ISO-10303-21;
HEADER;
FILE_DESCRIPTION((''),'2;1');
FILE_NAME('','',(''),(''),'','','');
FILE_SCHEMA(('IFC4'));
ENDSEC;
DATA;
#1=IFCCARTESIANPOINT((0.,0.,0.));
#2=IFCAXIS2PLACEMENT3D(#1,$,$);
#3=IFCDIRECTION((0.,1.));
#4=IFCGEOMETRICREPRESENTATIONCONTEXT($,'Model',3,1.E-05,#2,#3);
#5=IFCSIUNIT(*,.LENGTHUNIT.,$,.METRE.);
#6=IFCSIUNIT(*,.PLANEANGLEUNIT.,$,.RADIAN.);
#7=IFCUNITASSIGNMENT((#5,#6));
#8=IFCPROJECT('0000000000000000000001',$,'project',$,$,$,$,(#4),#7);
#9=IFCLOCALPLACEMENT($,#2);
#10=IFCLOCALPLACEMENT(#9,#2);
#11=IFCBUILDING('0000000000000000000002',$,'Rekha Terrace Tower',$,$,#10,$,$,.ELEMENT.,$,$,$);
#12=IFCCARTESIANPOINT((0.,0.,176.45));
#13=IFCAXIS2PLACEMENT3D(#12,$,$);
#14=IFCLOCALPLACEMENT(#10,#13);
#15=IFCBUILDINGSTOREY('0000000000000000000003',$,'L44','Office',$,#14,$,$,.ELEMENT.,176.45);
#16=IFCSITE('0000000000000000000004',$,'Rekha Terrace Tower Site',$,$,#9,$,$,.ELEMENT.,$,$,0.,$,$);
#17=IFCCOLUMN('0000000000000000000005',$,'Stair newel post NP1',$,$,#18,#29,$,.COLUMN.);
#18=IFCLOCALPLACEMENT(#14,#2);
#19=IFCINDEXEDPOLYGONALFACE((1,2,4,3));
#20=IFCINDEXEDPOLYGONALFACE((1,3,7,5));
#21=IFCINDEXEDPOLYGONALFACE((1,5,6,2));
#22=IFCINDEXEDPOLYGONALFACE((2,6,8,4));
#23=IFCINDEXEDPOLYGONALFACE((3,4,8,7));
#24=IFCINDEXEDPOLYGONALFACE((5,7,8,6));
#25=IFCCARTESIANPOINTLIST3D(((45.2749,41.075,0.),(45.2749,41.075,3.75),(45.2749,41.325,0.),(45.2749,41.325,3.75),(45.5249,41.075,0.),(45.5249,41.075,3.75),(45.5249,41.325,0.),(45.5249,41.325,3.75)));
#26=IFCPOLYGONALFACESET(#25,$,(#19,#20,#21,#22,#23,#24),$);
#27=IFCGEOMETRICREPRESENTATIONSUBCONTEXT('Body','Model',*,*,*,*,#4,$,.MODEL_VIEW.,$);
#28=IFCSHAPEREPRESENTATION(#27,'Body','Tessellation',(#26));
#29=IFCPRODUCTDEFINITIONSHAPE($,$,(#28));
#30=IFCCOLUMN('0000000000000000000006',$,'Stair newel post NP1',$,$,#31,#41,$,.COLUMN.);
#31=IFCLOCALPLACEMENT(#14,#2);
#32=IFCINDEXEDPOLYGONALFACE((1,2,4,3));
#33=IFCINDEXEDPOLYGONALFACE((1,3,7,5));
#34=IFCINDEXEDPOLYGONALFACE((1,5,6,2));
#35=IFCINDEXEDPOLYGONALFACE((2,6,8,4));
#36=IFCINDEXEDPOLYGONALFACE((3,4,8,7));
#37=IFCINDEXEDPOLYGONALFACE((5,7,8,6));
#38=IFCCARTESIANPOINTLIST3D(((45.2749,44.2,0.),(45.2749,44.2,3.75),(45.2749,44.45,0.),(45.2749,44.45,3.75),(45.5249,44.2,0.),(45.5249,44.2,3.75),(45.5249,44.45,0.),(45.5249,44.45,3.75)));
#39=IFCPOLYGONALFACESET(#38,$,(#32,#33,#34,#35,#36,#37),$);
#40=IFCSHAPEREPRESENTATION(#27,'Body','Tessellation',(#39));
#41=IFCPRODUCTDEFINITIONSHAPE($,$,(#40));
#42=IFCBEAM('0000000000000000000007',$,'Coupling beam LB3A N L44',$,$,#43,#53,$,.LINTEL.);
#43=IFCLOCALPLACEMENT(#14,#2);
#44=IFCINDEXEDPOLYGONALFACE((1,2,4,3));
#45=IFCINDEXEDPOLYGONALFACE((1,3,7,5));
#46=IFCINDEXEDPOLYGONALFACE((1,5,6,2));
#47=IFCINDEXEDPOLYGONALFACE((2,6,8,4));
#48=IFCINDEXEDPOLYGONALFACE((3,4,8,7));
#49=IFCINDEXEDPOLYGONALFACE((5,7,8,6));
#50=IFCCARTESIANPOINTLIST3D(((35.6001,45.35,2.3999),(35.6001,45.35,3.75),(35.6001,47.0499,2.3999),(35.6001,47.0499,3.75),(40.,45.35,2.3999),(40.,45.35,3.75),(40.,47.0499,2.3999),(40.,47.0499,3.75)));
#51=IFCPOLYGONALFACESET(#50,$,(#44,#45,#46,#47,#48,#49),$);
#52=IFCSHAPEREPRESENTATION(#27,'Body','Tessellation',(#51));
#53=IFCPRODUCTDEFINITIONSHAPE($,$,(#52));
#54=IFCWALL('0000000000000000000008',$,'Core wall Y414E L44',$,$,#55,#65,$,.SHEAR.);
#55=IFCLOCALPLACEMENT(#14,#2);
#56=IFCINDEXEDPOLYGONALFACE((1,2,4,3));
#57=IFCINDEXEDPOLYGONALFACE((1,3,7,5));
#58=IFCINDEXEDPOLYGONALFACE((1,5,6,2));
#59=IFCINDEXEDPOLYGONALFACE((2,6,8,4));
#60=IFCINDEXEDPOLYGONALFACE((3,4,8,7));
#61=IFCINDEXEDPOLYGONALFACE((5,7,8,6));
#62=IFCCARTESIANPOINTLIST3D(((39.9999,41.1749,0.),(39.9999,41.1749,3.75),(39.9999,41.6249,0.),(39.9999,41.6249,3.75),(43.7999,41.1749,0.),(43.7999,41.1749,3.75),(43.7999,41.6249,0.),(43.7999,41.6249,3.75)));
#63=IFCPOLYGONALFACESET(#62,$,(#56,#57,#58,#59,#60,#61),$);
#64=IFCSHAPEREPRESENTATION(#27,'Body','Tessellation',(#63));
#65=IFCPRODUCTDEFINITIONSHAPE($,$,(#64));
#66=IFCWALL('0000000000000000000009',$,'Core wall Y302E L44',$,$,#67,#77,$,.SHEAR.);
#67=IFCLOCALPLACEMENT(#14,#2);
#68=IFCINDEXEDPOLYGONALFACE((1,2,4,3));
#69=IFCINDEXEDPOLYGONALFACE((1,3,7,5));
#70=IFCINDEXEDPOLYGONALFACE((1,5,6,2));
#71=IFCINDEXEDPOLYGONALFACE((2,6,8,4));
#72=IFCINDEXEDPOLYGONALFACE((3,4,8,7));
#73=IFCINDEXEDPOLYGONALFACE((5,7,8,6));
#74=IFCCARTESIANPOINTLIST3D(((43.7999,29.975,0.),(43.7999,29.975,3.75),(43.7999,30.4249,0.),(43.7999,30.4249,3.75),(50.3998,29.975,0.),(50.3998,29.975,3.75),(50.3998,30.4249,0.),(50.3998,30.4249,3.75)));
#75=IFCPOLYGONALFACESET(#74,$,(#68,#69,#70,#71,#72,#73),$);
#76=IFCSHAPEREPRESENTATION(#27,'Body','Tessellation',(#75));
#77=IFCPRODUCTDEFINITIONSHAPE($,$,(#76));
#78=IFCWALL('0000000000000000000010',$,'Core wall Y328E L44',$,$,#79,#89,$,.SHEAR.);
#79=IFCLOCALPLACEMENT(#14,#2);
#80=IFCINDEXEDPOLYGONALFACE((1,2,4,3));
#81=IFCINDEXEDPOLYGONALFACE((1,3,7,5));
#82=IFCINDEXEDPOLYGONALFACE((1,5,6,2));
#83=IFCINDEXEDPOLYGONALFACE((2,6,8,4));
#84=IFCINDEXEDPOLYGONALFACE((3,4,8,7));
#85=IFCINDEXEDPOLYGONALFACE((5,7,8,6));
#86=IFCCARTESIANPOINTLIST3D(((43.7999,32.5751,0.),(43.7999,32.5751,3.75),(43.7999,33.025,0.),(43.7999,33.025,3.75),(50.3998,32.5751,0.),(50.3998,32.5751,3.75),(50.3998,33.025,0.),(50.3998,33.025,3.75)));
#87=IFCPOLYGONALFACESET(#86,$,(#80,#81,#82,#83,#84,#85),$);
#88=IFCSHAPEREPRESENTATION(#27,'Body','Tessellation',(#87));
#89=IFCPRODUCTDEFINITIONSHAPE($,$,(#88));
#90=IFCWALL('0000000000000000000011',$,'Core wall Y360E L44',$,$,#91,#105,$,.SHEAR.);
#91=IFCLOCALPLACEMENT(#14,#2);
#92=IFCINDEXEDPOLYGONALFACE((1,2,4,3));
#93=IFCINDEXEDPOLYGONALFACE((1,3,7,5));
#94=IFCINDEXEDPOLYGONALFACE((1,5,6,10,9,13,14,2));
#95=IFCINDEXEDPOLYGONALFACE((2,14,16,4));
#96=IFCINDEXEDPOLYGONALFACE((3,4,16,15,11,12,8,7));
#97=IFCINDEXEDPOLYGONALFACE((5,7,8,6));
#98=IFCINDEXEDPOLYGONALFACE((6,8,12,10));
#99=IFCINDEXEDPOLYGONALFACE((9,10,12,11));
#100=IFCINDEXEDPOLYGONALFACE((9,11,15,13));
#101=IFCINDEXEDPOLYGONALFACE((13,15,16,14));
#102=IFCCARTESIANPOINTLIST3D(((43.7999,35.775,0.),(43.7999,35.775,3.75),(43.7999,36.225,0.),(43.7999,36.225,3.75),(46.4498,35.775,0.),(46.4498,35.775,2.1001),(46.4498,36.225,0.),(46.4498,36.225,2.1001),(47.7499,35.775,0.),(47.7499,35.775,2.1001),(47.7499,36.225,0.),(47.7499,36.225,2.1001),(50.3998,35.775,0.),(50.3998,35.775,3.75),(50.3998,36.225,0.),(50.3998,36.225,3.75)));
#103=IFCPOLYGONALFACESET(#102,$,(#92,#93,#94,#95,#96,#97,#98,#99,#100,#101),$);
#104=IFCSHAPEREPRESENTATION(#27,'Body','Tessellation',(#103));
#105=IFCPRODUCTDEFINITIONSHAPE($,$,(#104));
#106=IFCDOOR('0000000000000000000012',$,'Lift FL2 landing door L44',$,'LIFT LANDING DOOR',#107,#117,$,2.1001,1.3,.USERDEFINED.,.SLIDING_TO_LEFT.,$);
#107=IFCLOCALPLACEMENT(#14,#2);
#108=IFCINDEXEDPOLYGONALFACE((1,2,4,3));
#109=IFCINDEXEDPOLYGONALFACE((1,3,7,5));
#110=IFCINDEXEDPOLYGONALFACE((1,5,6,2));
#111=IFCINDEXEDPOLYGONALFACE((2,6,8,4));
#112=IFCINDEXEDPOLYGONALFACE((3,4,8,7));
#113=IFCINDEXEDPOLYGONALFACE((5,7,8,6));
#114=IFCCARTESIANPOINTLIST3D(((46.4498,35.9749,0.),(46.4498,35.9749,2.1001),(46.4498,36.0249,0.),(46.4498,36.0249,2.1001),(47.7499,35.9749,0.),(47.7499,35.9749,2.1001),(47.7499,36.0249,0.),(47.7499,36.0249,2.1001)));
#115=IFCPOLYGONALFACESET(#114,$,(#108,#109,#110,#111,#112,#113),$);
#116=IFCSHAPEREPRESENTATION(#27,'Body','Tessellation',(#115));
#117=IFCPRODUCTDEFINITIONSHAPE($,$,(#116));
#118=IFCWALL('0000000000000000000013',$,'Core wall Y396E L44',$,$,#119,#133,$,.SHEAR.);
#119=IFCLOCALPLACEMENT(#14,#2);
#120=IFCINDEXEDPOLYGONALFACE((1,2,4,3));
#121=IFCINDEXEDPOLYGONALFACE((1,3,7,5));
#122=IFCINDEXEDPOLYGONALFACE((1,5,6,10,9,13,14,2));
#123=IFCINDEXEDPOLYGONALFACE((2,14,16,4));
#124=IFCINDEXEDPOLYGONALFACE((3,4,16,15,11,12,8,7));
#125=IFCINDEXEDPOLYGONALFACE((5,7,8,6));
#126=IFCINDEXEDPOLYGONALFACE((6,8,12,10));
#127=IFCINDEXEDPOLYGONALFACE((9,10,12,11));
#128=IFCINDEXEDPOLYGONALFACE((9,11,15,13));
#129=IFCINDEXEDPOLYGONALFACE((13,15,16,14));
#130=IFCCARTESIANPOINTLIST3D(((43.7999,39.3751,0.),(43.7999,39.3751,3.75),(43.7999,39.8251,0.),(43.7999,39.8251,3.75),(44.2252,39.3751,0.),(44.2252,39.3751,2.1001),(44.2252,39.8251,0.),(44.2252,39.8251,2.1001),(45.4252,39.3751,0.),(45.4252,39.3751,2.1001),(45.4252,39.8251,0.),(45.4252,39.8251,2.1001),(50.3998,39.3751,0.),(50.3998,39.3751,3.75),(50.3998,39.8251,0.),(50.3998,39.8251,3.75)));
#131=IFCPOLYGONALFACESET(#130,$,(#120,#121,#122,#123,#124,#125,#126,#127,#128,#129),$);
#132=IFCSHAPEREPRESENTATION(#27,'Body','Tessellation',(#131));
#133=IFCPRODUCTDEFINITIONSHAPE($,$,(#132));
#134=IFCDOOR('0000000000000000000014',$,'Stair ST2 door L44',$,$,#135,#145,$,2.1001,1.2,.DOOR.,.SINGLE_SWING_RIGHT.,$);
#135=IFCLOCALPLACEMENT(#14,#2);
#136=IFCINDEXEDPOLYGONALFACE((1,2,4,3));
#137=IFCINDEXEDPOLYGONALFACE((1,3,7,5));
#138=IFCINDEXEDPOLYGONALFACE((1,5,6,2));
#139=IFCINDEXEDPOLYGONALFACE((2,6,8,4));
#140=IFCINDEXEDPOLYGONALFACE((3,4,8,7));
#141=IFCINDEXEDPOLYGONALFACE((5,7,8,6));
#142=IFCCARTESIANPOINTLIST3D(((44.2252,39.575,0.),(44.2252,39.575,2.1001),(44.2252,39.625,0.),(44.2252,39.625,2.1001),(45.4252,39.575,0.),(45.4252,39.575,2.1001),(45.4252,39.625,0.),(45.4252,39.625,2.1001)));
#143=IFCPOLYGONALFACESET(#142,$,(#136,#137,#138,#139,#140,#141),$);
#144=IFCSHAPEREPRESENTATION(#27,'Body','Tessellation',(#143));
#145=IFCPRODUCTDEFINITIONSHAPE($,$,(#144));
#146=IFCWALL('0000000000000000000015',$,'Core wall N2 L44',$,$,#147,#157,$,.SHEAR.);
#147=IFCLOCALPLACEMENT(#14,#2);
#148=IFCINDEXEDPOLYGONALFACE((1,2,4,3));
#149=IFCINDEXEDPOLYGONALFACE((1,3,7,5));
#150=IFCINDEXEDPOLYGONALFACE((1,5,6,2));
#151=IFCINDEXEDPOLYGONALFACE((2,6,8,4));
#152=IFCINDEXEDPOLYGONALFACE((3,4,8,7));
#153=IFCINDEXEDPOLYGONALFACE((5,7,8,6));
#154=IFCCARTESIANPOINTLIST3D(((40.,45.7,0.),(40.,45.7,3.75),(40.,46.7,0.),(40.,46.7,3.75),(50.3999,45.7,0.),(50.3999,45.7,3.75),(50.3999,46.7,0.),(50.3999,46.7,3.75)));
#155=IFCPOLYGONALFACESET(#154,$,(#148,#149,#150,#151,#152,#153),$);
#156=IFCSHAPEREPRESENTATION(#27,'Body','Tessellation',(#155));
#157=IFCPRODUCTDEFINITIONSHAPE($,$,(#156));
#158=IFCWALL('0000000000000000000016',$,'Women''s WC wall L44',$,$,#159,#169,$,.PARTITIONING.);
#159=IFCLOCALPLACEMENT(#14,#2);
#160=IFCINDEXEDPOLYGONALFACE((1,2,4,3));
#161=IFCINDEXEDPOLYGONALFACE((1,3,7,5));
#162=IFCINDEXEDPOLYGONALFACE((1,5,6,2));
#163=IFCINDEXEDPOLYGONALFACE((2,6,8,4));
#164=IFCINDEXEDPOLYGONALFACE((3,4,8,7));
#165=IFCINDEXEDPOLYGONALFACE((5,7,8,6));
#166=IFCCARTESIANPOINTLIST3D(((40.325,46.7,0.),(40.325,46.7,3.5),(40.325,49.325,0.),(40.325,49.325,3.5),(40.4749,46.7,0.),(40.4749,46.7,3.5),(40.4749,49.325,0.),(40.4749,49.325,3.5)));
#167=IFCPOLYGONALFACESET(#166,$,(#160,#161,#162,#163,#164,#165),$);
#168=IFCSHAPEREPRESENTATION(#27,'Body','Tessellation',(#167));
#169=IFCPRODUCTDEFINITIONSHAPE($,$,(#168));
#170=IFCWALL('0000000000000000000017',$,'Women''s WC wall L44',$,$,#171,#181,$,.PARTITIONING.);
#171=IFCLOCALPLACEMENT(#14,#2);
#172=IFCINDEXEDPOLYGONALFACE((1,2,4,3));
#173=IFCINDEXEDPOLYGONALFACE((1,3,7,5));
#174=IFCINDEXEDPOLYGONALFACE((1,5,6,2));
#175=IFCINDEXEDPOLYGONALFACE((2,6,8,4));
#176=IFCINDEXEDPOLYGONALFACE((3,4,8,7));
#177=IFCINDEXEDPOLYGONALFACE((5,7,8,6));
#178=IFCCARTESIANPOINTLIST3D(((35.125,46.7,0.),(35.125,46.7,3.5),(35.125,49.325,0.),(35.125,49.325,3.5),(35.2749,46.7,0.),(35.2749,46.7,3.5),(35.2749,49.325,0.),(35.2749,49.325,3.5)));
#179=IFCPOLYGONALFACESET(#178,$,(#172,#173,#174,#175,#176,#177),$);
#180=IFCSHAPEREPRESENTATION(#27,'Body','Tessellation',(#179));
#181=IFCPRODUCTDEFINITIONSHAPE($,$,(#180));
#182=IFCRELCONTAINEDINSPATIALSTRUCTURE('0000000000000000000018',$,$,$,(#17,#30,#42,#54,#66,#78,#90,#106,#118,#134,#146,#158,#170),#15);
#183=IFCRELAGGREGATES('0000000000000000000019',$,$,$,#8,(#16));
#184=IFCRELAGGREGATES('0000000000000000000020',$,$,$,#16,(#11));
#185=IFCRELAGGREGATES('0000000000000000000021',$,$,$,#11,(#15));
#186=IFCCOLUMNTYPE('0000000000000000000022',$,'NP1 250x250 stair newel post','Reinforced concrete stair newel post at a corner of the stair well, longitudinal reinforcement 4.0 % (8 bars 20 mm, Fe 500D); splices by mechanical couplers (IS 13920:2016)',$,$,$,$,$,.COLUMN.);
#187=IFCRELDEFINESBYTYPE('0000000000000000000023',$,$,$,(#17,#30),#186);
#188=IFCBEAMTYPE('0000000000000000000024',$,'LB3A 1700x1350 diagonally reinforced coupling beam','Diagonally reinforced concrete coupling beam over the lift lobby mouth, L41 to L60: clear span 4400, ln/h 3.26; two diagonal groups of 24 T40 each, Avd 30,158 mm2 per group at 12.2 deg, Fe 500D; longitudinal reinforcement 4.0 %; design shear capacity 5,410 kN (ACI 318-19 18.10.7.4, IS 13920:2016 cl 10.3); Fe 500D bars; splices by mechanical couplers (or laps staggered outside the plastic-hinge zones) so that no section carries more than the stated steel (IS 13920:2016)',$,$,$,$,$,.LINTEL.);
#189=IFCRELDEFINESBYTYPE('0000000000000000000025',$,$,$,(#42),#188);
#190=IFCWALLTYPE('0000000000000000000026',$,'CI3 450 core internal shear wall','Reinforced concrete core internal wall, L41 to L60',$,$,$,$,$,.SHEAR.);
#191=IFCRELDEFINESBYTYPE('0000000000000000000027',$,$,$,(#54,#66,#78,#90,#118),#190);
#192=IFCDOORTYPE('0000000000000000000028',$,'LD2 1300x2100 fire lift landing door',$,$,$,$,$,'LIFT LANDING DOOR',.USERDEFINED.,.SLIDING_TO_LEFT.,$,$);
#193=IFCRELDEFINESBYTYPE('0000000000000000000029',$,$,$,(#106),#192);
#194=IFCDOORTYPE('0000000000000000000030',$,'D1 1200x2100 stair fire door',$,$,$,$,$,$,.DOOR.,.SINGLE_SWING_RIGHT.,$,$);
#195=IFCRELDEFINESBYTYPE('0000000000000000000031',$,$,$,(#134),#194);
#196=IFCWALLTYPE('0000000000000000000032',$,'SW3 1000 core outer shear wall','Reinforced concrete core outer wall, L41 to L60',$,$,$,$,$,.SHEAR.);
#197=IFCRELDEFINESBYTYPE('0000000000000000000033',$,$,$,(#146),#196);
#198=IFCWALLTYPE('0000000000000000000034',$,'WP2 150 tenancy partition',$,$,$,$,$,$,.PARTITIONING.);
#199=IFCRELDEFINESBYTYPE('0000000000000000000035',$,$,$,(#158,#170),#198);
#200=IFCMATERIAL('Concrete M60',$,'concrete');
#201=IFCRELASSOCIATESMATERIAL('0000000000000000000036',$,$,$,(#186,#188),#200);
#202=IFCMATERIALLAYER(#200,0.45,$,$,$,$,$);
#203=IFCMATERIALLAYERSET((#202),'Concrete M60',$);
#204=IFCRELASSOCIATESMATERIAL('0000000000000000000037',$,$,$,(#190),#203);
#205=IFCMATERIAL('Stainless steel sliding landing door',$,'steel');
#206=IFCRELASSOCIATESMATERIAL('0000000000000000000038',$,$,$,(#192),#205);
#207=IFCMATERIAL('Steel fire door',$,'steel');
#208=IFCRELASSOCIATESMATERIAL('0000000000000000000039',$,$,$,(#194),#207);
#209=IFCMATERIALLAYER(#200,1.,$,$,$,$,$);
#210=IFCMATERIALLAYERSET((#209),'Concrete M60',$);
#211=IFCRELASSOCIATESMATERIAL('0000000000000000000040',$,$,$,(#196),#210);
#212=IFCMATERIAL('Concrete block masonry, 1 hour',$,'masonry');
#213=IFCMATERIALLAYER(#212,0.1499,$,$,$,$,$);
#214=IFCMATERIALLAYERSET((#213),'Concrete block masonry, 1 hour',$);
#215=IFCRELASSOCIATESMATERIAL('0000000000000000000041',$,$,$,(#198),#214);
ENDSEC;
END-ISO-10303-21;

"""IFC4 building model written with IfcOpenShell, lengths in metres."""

from ifc_helpers import new_model, si_unit, direction, frame, frame_2d, origin, origin_2d, place, context, subcontext, project, spatial, rectangle, extrude, material, layer, layer_set, material_profile, profile_set, type_object, element, fill, save


model = new_model("IFC4")

# Units and contexts
model_context = context("Model", 3, precision=1e-05, world=origin(), true_north=direction((0.0, 1.0)))
body_context = subcontext(model_context, "Body", "Model", "MODEL_VIEW")
ifc_project = project(units=[si_unit("LENGTHUNIT", "METRE"), si_unit("PLANEANGLEUNIT", "RADIAN")], contexts=[model_context])

# Site, building, storey
site_placement = place(None, origin())
site = spatial("IfcSite", under=ifc_project, at=site_placement, Name="Rekha Terrace Tower Site", CompositionType="ELEMENT", RefElevation=0.0)
building_placement = place(site_placement, origin())
building = spatial("IfcBuilding", under=site, at=building_placement, Name="Rekha Terrace Tower", CompositionType="ELEMENT")
storey_placement = place(building_placement, frame((0.0, 0.0, 176.45)))
storey = spatial("IfcBuildingStorey", under=building, at=storey_placement, Name="L44", Description="Office", CompositionType="ELEMENT", Elevation=176.45)

# Columns
ifc_material_1 = material(Name="Concrete M60", Category="concrete")
ifc_material_profile_1 = material_profile(ifc_material_1, rectangle(XDim=0.25, YDim=0.25, at=origin_2d()), Name="RC 250x250")
ifc_profile_set_1 = profile_set([ifc_material_profile_1], Name="Concrete M60")
column_type = type_object("IfcColumnType", Name="NP1 250x250 stair newel post", Description="Reinforced concrete stair newel post at a corner of the stair well, longitudinal reinforcement 4.0 % (8 bars 20 mm, Fe 500D); splices by mechanical couplers (IS 13920:2016)", PredefinedType="COLUMN", material=ifc_profile_set_1)
for number, where, z_axis, x_axis, name in (
    (1, (45.3999, 41.2, 0.0), (0.0, 0.0, 1.0), (1.0, 0.0, 0.0), "Stair newel post NP1"),
    (2, (45.3999, 44.325, 0.0), (0.0, 0.0, 1.0), (1.0, 0.0, 0.0), "Stair newel post NP1"),
):
    element("IfcColumn", number, at=place(storey_placement, frame(where, z_axis=z_axis, x_axis=x_axis)), inside=storey, type_object=column_type, Name=name, PredefinedType="COLUMN", context=body_context, shape_type="SweptSolid", body=[
        extrude(rectangle(XDim=0.25, YDim=0.25, at=origin_2d()), origin(), (0.0, 0.0, 1.0), 3.75),
    ])

# Beam
ifc_material_profile_2 = material_profile(ifc_material_1, rectangle(XDim=1.7, YDim=1.3501, at=origin_2d()), Name="RC 1700x1350")
ifc_profile_set_2 = profile_set([ifc_material_profile_2], Name="Concrete M60")
beam_type = type_object("IfcBeamType", Name="LB3A 1700x1350 diagonally reinforced coupling beam", Description="Diagonally reinforced concrete coupling beam over the lift lobby mouth, L41 to L60: clear span 4400, ln/h 3.26; two diagonal groups of 24 T40 each, Avd 30,158 mm2 per group at 12.2 deg, Fe 500D; longitudinal reinforcement 4.0 %; design shear capacity 5,410 kN (ACI 318-19 18.10.7.4, IS 13920:2016 cl 10.3); Fe 500D bars; splices by mechanical couplers (or laps staggered outside the plastic-hinge zones) so that no section carries more than the stated steel (IS 13920:2016)", PredefinedType="LINTEL", material=ifc_profile_set_2)
beam_placement = place(storey_placement, frame((35.6001, 46.2, 3.075), z_axis=(1.0, 0.0, 0.0), x_axis=(0.0, 1.0, 0.0)))
element("IfcBeam", 3, at=beam_placement, inside=storey, type_object=beam_type, Name="Coupling beam LB3A N L44", PredefinedType="LINTEL", context=body_context, shape_type="SweptSolid", body=[
    extrude(rectangle(XDim=1.7, YDim=1.3501, at=origin_2d()), origin(), (0.0, 0.0, 1.0), 4.3999),
])

# Walls
ifc_layer_1 = layer(ifc_material_1, 0.45)
ifc_layer_set_1 = layer_set([ifc_layer_1], Name="Concrete M60")
wall_type_1 = type_object("IfcWallType", Name="CI3 450 core internal shear wall", Description="Reinforced concrete core internal wall, L41 to L60", PredefinedType="SHEAR", material=ifc_layer_set_1)
wall_1_placement = place(storey_placement, frame((40.0, 41.3999, 0.0), z_axis=(0.0, 0.0, 1.0), x_axis=(1.0, 0.0, 0.0)))
element("IfcWall", 4, at=wall_1_placement, inside=storey, type_object=wall_type_1, Name="Core wall Y414E L44", PredefinedType="SHEAR", context=body_context, shape_type="SweptSolid", body=[
    extrude(rectangle(XDim=3.8, YDim=0.45, at=frame_2d((1.8999, 0.0))), origin(), (0.0, 0.0, 1.0), 3.75),
])
for number, where, z_axis, x_axis, name in (
    (5, (43.8, 30.2, 0.0), (0.0, 0.0, 1.0), (1.0, 0.0, 0.0), "Core wall Y302E L44"),
    (6, (43.8, 32.8, 0.0), (0.0, 0.0, 1.0), (1.0, 0.0, 0.0), "Core wall Y328E L44"),
):
    element("IfcWall", number, at=place(storey_placement, frame(where, z_axis=z_axis, x_axis=x_axis)), inside=storey, type_object=wall_type_1, Name=name, PredefinedType="SHEAR", context=body_context, shape_type="SweptSolid", body=[
        extrude(rectangle(XDim=6.5999, YDim=0.45, at=frame_2d((3.2998, 0.0))), origin(), (0.0, 0.0, 1.0), 3.75),
    ])

# Walls, openings, doors
wall_2_placement = place(storey_placement, frame((43.8, 36.0, 0.0), z_axis=(0.0, 0.0, 1.0), x_axis=(1.0, 0.0, 0.0)))
wall_2 = element("IfcWall", 7, at=wall_2_placement, inside=storey, type_object=wall_type_1, Name="Core wall Y360E L44", PredefinedType="SHEAR", context=body_context, shape_type="SweptSolid", body=[
    extrude(rectangle(XDim=6.5999, YDim=0.45, at=frame_2d((3.2998, 0.0))), origin(), (0.0, 0.0, 1.0), 3.75),
])
opening_1_placement = place(wall_2_placement, frame((2.6499, 0.0, 0.0)))
opening_1 = element("IfcOpeningElement", 8, at=opening_1_placement, cuts=wall_2, PredefinedType="OPENING", context=body_context, shape_type="SweptSolid", body=[
    extrude(rectangle(XDim=1.3, YDim=2.1001, at=frame_2d((0.6499, 1.05))), frame((0.0, 0.2349, 0.0), z_axis=(0.0, -1.0, 0.0), x_axis=(1.0, 0.0, 0.0)), (0.0, 0.0, 1.0), 0.47),
])
ifc_material_2 = material(Name="Stainless steel sliding landing door", Category="steel")
door_type_1 = type_object("IfcDoorType", Name="LD2 1300x2100 fire lift landing door", ElementType="LIFT LANDING DOOR", OperationType="SLIDING_TO_LEFT", PredefinedType="USERDEFINED", material=ifc_material_2)
door_1_placement = place(opening_1_placement, origin())
door_1 = element("IfcDoor", 9, at=door_1_placement, inside=storey, type_object=door_type_1, Name="Lift FL2 landing door L44", ObjectType="LIFT LANDING DOOR", OperationType="SLIDING_TO_LEFT", OverallHeight=2.1001, OverallWidth=1.3, PredefinedType="USERDEFINED", context=body_context, shape_type="SweptSolid", body=[
    extrude(rectangle(XDim=1.3, YDim=2.1001, at=frame_2d((0.6499, 1.05))), frame((0.0, 0.0249, 0.0), z_axis=(0.0, -1.0, 0.0), x_axis=(1.0, 0.0, 0.0)), (0.0, 0.0, 1.0), 0.05),
])
fill(opening_1, door_1)
wall_3_placement = place(storey_placement, frame((43.8, 39.6001, 0.0), z_axis=(0.0, 0.0, 1.0), x_axis=(1.0, 0.0, 0.0)))
wall_3 = element("IfcWall", 10, at=wall_3_placement, inside=storey, type_object=wall_type_1, Name="Core wall Y396E L44", PredefinedType="SHEAR", context=body_context, shape_type="SweptSolid", body=[
    extrude(rectangle(XDim=6.5999, YDim=0.45, at=frame_2d((3.2998, 0.0))), origin(), (0.0, 0.0, 1.0), 3.75),
])
opening_2_placement = place(wall_3_placement, frame((0.425, 0.0, 0.0)))
opening_2 = element("IfcOpeningElement", 11, at=opening_2_placement, cuts=wall_3, PredefinedType="OPENING", context=body_context, shape_type="SweptSolid", body=[
    extrude(rectangle(XDim=1.2, YDim=2.1001, at=frame_2d((0.6001, 1.05))), frame((0.0, 0.2349, 0.0), z_axis=(0.0, -1.0, 0.0), x_axis=(1.0, 0.0, 0.0)), (0.0, 0.0, 1.0), 0.47),
])
ifc_material_3 = material(Name="Steel fire door", Category="steel")
door_type_2 = type_object("IfcDoorType", Name="D1 1200x2100 stair fire door", OperationType="SINGLE_SWING_RIGHT", PredefinedType="DOOR", material=ifc_material_3)
door_2_placement = place(opening_2_placement, origin())
door_2 = element("IfcDoor", 12, at=door_2_placement, inside=storey, type_object=door_type_2, Name="Stair ST2 door L44", OperationType="SINGLE_SWING_RIGHT", OverallHeight=2.1001, OverallWidth=1.2, PredefinedType="DOOR", context=body_context, shape_type="SweptSolid", body=[
    extrude(rectangle(XDim=1.2, YDim=2.1001, at=frame_2d((0.6001, 1.05))), frame((0.0, 0.0249, 0.0), z_axis=(0.0, -1.0, 0.0), x_axis=(1.0, 0.0, 0.0)), (0.0, 0.0, 1.0), 0.05),
])
fill(opening_2, door_2)

# Walls
ifc_layer_2 = layer(ifc_material_1, 1.0)
ifc_layer_set_2 = layer_set([ifc_layer_2], Name="Concrete M60")
wall_type_2 = type_object("IfcWallType", Name="SW3 1000 core outer shear wall", Description="Reinforced concrete core outer wall, L41 to L60", PredefinedType="SHEAR", material=ifc_layer_set_2)
wall_4_placement = place(storey_placement, frame((40.0, 46.2, 0.0), z_axis=(0.0, 0.0, 1.0), x_axis=(1.0, 0.0, 0.0)))
element("IfcWall", 13, at=wall_4_placement, inside=storey, type_object=wall_type_2, Name="Core wall N2 L44", PredefinedType="SHEAR", context=body_context, shape_type="SweptSolid", body=[
    extrude(rectangle(XDim=10.3999, YDim=1.0, at=frame_2d((5.2, 0.0))), origin(), (0.0, 0.0, 1.0), 3.75),
])
ifc_material_4 = material(Name="Concrete block masonry, 1 hour", Category="masonry")
ifc_layer_3 = layer(ifc_material_4, 0.1499)
ifc_layer_set_3 = layer_set([ifc_layer_3], Name="Concrete block masonry, 1 hour")
wall_type_3 = type_object("IfcWallType", Name="WP2 150 tenancy partition", PredefinedType="PARTITIONING", material=ifc_layer_set_3)
for number, where, z_axis, x_axis, name in (
    (14, (40.3999, 46.7, 0.0), (0.0, 0.0, 1.0), (0.0, 1.0, 0.0), "Women's WC wall L44"),
    (15, (35.2, 46.7, 0.0), (0.0, 0.0, 1.0), (0.0, 1.0, 0.0), "Women's WC wall L44"),
):
    element("IfcWall", number, at=place(storey_placement, frame(where, z_axis=z_axis, x_axis=x_axis)), inside=storey, type_object=wall_type_3, Name=name, PredefinedType="PARTITIONING", context=body_context, shape_type="SweptSolid", body=[
        extrude(rectangle(XDim=2.625, YDim=0.1499, at=frame_2d((1.3125, 0.0))), origin(), (0.0, 0.0, 1.0), 3.5),
    ])

save(model, "model.ifc")
